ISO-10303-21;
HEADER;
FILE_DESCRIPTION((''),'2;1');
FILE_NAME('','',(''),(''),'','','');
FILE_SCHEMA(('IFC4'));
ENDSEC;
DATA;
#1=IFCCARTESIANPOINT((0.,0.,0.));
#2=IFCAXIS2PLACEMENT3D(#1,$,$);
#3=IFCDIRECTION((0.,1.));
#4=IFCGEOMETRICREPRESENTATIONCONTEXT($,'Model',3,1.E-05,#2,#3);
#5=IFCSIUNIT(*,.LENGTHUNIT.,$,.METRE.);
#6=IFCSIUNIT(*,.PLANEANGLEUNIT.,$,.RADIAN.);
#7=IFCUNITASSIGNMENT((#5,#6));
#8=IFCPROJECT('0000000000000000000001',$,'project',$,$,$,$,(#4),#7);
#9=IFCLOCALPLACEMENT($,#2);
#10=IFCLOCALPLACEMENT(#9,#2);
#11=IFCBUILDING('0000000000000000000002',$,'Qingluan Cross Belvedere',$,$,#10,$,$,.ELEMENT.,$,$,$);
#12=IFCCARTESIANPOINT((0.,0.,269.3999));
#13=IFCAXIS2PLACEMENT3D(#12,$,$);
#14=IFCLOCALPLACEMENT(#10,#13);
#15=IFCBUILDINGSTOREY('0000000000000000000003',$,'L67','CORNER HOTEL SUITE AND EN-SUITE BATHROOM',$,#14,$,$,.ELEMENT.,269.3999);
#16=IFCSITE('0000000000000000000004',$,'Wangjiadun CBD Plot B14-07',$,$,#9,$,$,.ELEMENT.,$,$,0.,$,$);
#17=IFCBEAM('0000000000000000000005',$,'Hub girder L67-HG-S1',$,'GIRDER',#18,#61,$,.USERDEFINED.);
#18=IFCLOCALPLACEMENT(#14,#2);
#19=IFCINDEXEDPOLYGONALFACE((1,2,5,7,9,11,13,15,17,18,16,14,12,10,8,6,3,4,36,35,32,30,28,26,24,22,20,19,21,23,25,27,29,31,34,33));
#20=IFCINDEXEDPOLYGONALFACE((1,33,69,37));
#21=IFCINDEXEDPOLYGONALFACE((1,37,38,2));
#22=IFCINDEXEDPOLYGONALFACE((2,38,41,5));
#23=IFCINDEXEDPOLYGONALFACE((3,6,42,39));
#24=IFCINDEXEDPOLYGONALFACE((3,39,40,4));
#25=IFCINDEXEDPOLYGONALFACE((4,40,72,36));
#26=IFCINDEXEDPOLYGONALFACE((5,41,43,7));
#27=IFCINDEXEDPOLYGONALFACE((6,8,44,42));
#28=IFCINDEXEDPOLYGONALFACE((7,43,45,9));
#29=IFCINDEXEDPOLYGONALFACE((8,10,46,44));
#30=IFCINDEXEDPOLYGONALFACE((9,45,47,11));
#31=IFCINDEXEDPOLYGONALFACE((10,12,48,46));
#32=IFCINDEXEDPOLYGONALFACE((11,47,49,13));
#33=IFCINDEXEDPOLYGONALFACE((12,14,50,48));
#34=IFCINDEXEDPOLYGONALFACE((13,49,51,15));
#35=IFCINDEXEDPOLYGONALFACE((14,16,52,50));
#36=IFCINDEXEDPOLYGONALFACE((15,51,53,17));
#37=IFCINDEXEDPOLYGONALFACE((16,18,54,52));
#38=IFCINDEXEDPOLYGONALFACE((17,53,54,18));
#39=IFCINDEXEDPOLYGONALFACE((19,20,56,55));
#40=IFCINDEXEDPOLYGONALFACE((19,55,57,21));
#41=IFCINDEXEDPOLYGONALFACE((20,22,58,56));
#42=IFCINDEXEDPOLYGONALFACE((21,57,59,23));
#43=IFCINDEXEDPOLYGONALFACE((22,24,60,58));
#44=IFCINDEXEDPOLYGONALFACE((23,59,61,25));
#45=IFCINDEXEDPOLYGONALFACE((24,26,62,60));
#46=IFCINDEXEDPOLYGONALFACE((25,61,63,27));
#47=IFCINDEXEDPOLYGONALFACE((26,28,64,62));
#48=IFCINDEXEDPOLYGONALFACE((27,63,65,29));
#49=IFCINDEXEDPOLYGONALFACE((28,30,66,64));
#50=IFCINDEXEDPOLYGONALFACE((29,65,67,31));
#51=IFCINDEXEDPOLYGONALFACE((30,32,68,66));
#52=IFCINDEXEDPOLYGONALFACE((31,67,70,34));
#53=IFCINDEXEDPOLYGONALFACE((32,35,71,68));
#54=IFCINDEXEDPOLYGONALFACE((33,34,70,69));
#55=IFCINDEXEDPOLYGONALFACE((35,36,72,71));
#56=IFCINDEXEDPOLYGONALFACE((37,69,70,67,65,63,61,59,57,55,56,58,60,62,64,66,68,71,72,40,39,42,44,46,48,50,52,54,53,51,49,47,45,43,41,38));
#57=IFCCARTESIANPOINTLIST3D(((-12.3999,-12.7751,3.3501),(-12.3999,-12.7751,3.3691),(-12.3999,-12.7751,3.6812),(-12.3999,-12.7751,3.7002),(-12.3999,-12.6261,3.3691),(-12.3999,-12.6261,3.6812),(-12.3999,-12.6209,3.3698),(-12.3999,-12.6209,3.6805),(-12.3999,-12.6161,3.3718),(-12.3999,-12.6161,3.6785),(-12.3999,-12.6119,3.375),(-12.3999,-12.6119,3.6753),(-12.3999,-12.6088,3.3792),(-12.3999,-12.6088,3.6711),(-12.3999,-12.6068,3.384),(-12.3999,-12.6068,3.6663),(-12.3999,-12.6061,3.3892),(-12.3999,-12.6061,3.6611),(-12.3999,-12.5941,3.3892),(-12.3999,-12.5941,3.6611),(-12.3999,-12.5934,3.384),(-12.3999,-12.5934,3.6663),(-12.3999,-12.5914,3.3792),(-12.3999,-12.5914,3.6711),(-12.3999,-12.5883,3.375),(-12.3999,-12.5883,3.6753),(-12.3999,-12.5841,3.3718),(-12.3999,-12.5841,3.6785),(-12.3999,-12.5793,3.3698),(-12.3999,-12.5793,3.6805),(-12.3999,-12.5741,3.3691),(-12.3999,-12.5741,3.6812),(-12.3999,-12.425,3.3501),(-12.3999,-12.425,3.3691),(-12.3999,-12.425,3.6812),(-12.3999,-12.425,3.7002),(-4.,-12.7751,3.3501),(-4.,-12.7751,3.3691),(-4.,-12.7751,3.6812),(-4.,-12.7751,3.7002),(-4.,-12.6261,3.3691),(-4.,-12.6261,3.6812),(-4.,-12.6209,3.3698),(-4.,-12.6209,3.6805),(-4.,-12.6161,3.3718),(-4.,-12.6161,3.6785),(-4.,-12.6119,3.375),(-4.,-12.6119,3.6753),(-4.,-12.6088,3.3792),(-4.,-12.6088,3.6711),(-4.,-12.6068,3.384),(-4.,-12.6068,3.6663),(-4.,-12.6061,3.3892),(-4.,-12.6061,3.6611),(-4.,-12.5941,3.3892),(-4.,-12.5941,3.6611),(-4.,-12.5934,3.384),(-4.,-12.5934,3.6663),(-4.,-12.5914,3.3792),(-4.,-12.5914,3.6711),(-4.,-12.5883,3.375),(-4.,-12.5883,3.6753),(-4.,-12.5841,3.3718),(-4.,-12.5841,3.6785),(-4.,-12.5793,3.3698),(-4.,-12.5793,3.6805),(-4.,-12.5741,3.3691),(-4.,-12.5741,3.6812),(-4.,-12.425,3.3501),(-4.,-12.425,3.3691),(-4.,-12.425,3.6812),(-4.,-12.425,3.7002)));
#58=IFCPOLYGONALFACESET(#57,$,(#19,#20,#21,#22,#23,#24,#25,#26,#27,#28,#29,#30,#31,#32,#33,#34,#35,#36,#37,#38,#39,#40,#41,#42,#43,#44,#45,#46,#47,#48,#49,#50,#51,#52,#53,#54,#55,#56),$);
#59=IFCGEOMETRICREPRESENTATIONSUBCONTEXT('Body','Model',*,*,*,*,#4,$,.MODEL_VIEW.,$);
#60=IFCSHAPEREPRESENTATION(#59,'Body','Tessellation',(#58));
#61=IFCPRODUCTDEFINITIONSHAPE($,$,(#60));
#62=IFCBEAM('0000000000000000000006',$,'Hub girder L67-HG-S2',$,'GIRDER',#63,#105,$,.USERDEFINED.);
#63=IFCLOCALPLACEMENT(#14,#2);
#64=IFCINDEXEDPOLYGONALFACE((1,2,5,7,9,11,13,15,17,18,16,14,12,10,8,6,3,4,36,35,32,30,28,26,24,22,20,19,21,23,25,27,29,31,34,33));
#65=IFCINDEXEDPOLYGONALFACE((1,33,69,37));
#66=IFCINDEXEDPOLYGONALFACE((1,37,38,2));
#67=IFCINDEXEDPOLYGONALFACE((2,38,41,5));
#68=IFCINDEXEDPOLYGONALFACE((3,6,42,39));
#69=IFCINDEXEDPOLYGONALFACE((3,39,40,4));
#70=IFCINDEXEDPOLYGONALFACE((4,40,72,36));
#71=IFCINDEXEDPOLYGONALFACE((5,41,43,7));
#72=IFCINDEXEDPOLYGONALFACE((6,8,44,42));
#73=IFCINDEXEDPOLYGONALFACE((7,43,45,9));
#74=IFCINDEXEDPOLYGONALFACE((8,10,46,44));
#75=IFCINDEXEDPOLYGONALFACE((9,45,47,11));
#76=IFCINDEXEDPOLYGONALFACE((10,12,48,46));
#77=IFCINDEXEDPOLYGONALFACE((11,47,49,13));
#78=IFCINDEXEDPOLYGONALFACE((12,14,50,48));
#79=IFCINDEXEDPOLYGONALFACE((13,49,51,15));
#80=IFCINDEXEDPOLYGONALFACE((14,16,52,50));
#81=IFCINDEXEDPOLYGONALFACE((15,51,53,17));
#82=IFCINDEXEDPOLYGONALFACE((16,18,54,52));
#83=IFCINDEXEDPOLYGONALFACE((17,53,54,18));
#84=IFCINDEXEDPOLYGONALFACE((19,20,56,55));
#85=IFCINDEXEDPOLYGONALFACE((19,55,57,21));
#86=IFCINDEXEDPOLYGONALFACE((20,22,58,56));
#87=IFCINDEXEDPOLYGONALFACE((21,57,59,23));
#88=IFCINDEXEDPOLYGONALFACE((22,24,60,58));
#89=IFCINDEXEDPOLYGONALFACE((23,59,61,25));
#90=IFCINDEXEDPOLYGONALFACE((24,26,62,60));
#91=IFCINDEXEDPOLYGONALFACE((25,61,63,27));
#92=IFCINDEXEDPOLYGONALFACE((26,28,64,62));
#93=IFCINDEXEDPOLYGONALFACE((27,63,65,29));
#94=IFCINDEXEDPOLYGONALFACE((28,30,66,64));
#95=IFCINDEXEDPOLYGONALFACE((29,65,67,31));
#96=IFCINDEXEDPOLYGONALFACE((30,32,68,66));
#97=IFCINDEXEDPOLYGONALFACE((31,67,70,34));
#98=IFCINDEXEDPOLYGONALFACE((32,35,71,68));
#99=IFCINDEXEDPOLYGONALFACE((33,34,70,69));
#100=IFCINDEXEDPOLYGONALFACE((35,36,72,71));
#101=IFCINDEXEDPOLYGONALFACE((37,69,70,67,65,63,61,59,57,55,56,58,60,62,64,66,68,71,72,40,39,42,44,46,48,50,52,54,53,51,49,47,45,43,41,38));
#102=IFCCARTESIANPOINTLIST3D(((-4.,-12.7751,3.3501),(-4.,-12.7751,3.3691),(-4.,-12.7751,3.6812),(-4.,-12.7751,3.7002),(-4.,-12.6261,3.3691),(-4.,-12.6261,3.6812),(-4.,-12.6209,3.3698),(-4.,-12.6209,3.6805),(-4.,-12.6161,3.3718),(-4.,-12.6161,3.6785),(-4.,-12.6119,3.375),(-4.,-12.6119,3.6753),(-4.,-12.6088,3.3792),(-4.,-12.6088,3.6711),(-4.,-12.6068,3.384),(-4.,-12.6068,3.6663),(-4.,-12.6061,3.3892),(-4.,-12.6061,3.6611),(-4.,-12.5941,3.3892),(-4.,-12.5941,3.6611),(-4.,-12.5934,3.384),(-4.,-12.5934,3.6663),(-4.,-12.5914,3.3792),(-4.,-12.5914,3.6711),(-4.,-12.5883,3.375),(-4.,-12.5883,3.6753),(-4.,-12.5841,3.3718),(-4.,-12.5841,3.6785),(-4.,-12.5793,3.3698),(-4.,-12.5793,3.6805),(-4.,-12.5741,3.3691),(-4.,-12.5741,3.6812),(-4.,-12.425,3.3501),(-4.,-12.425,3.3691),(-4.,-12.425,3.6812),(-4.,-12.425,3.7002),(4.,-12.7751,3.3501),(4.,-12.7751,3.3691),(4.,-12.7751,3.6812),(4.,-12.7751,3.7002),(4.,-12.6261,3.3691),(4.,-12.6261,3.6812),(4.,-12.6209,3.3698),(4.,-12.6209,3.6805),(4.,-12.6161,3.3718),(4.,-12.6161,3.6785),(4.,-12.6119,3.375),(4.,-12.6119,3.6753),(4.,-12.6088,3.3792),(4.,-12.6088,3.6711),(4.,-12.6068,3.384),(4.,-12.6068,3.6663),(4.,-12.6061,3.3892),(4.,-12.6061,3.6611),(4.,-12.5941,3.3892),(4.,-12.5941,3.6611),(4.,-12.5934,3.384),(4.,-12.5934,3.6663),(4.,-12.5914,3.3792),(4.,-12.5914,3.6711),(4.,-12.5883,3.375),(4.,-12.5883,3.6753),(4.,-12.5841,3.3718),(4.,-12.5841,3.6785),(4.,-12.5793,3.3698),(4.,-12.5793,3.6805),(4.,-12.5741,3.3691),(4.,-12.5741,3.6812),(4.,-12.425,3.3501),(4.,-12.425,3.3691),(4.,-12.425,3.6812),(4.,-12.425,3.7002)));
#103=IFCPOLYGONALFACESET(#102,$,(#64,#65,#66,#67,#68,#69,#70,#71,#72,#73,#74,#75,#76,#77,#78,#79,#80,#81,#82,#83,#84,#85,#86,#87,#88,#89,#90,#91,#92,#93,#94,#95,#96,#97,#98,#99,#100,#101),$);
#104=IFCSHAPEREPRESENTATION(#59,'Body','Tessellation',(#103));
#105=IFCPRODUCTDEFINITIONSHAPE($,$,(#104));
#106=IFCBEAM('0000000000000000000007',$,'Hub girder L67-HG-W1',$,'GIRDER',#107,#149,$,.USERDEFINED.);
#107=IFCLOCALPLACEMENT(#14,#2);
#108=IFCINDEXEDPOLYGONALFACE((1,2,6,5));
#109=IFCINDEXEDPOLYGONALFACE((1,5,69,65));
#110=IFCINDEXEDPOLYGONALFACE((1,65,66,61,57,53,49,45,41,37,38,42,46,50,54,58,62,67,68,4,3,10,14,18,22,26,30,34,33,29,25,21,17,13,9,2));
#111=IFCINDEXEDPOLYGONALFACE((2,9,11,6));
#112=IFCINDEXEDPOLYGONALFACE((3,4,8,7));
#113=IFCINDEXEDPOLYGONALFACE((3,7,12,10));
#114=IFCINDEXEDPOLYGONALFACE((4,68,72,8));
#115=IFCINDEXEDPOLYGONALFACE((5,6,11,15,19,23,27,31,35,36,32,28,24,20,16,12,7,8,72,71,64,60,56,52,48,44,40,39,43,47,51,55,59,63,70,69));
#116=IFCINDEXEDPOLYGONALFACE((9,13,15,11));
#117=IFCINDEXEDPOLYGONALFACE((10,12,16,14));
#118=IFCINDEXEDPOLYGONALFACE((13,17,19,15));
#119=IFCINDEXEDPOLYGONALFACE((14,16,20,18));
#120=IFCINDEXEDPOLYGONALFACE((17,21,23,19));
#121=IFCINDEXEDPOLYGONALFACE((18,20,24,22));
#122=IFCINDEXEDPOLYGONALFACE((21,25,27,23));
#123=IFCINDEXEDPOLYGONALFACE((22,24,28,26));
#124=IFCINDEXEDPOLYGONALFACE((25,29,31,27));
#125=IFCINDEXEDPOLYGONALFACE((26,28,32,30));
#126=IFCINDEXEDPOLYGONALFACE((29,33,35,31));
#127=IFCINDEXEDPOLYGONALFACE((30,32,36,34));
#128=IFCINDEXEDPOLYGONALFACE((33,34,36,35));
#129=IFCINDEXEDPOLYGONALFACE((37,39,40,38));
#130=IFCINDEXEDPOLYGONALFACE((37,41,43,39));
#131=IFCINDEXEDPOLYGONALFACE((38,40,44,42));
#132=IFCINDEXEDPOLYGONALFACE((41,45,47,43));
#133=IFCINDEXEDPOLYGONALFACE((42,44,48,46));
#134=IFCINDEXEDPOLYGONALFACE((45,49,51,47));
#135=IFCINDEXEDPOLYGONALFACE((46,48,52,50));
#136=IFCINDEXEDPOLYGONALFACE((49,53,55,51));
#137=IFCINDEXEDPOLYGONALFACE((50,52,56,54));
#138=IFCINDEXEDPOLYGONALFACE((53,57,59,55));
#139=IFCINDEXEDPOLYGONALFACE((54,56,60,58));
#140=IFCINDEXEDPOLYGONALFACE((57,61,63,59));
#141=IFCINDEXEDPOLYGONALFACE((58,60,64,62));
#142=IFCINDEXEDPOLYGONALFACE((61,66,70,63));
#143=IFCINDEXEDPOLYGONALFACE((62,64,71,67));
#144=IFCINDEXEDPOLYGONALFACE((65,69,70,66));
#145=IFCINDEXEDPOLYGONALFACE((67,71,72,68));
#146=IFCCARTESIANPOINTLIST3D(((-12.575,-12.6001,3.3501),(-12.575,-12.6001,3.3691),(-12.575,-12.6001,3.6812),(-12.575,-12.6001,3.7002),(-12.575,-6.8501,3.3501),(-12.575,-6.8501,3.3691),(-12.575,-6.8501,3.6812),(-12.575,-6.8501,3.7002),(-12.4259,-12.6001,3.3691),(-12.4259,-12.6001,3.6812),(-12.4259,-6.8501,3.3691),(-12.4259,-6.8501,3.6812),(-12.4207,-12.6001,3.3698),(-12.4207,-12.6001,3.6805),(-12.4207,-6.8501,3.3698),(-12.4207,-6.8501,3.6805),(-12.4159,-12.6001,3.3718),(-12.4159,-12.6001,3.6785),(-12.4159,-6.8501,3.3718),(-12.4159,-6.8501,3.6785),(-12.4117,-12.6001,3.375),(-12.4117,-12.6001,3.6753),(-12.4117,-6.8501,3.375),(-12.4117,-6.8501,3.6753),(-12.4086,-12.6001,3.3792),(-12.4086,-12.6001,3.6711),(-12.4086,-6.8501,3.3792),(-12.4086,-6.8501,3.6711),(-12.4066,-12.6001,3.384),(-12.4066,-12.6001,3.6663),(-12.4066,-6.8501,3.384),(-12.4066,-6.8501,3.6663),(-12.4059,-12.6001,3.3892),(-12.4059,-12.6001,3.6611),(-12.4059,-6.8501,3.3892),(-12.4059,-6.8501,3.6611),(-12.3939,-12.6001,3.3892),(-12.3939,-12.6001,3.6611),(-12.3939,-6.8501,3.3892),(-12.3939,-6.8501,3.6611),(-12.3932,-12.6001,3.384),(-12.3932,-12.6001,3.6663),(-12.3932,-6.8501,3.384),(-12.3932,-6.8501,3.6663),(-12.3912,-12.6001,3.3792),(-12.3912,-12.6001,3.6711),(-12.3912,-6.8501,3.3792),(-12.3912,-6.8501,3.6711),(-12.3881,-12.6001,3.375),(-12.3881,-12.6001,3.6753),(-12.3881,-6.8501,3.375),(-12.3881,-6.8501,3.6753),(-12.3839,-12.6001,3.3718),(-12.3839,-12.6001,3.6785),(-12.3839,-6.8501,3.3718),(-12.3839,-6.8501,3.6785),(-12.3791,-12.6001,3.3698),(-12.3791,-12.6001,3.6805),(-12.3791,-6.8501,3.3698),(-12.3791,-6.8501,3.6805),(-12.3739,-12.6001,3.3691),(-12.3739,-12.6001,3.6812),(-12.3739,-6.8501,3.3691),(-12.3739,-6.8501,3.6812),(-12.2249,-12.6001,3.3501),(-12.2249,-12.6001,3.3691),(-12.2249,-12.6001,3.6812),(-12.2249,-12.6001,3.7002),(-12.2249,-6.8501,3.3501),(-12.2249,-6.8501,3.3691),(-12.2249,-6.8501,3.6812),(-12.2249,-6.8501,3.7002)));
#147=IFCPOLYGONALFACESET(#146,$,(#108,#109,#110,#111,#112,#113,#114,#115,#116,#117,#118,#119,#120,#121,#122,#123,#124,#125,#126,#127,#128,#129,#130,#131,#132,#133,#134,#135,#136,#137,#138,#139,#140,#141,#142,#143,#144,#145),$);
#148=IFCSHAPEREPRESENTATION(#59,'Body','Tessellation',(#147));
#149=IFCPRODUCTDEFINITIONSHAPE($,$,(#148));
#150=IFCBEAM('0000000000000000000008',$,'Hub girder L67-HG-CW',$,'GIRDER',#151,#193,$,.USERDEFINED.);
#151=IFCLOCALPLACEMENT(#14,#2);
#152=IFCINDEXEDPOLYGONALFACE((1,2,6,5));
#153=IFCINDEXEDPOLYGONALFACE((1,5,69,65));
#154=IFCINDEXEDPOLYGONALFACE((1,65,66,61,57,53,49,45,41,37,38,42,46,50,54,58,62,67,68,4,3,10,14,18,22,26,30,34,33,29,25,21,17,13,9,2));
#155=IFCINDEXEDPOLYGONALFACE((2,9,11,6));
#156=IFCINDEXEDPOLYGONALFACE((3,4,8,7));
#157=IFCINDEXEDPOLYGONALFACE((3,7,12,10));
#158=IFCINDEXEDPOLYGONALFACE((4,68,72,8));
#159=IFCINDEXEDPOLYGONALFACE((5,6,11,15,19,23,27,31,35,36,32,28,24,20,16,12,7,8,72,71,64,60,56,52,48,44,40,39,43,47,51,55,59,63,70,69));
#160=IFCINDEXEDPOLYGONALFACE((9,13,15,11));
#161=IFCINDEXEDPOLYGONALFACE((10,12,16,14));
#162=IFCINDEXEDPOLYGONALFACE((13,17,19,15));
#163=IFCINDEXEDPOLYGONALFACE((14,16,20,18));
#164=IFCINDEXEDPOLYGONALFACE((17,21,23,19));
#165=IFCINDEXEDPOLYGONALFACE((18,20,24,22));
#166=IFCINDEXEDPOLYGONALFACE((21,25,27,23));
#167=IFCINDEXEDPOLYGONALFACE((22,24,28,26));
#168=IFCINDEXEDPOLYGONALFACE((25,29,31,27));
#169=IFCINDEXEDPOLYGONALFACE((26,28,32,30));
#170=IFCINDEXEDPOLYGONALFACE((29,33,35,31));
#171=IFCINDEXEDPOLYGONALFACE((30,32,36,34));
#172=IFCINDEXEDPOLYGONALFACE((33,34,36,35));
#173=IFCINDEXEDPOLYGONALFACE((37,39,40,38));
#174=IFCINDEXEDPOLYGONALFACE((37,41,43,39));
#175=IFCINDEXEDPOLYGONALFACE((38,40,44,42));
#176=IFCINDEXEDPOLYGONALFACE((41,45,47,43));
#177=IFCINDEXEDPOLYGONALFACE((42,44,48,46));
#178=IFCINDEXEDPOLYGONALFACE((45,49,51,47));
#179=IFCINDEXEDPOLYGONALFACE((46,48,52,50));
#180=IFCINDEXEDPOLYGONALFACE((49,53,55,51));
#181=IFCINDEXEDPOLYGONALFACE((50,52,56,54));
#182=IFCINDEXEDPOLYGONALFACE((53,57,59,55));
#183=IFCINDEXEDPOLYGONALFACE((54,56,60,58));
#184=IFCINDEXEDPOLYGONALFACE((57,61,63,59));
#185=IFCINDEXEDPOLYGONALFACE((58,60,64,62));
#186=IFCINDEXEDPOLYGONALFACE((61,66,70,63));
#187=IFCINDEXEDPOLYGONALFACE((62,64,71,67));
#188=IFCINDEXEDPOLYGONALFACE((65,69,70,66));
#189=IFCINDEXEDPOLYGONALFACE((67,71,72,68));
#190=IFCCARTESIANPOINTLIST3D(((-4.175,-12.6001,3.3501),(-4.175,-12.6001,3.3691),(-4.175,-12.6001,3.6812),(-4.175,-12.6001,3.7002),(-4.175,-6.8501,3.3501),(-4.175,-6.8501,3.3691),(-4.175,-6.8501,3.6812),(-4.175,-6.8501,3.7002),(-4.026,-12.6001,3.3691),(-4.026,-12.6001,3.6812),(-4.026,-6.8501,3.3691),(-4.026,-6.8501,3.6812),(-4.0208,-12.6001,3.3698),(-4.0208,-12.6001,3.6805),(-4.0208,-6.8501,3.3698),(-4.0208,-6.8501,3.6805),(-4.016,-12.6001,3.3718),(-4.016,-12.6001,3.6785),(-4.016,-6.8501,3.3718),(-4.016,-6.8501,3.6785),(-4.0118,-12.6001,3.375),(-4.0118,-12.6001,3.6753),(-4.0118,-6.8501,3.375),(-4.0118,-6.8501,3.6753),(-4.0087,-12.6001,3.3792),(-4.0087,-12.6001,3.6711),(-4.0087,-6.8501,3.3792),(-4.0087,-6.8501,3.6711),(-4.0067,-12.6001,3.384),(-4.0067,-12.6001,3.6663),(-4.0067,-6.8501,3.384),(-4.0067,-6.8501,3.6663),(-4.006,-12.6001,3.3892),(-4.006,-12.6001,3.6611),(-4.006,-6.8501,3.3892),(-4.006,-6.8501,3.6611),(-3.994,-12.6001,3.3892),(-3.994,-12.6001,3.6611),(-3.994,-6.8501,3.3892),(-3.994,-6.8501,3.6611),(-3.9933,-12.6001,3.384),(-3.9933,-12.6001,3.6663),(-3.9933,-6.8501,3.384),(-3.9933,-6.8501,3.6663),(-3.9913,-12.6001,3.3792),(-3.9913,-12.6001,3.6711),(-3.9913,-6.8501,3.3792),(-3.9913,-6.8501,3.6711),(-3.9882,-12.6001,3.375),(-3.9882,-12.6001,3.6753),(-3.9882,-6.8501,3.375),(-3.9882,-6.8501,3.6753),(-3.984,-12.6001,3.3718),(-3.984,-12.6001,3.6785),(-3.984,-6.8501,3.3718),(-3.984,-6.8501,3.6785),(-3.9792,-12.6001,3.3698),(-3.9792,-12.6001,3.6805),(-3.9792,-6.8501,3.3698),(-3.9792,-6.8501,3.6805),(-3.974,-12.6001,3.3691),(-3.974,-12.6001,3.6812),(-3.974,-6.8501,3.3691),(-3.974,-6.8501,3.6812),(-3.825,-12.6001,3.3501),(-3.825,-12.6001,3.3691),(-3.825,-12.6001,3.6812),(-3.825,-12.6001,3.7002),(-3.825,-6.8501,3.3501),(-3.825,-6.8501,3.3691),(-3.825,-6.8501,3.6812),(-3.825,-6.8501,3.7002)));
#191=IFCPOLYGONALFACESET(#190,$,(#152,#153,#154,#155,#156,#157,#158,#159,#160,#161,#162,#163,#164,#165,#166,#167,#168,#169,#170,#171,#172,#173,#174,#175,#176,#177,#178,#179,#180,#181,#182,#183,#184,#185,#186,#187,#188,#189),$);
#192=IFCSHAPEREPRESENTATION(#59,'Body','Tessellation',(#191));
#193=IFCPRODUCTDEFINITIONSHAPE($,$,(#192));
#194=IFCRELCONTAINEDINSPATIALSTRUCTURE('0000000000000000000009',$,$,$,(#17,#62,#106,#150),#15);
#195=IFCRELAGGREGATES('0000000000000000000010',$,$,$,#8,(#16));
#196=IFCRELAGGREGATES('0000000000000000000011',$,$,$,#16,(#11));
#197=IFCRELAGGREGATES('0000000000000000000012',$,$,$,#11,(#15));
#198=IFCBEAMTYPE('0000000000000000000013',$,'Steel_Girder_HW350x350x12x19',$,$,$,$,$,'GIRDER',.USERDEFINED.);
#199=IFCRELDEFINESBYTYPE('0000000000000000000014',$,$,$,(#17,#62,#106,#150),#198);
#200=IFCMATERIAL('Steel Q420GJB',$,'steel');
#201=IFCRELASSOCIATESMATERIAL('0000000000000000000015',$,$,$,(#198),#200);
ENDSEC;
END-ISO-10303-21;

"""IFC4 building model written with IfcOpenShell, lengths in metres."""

from ifc_helpers import new_model, si_unit, direction, frame, origin, origin_2d, place, context, subcontext, project, spatial, i_section, extrude, material, material_profile, profile_set, type_object, element, save


model = new_model("IFC4")

# Units and contexts
model_context = context("Model", 3, precision=1e-05, world=origin(), true_north=direction((0.0, 1.0)))
body_context = subcontext(model_context, "Body", "Model", "MODEL_VIEW")
ifc_project = project(units=[si_unit("LENGTHUNIT", "METRE"), si_unit("PLANEANGLEUNIT", "RADIAN")], contexts=[model_context])

# Site, building, storey
site_placement = place(None, origin())
site = spatial("IfcSite", under=ifc_project, at=site_placement, Name="Wangjiadun CBD Plot B14-07", CompositionType="ELEMENT", RefElevation=0.0)
building_placement = place(site_placement, origin())
building = spatial("IfcBuilding", under=site, at=building_placement, Name="Qingluan Cross Belvedere", CompositionType="ELEMENT")
storey_placement = place(building_placement, frame((0.0, 0.0, 269.3999)))
storey = spatial("IfcBuildingStorey", under=building, at=storey_placement, Name="L67", Description="CORNER HOTEL SUITE AND EN-SUITE BATHROOM", CompositionType="ELEMENT", Elevation=269.3999)

# Beams
ifc_material_1 = material(Name="Steel Q420GJB", Category="steel")
ifc_material_profile_1 = material_profile(ifc_material_1, i_section(OverallWidth=0.3501, OverallDepth=0.3501, WebThickness=0.012, FlangeThickness=0.019, FilletRadius=0.02, at=origin_2d()), Name="HW350x350x12x19")
ifc_profile_set_1 = profile_set([ifc_material_profile_1], Name="Steel Q420GJB")
beam_type_1 = type_object("IfcBeamType", Name="Steel_Girder_HW350x350x12x19", ElementType="GIRDER", PredefinedType="USERDEFINED", material=ifc_profile_set_1)
beam_1_placement = place(storey_placement, frame((-12.3999, -12.6001, 3.5251), z_axis=(1.0, 0.0, 0.0), x_axis=(0.0, 1.0, 0.0)))
element("IfcBeam", 1, at=beam_1_placement, inside=storey, type_object=beam_type_1, Name="Hub girder L67-HG-S1", ObjectType="GIRDER", PredefinedType="USERDEFINED", context=body_context, shape_type="SweptSolid", body=[
    extrude(i_section(OverallWidth=0.3501, OverallDepth=0.3501, WebThickness=0.012, FlangeThickness=0.019, FilletRadius=0.02, at=origin_2d()), origin(), (0.0, 0.0, 1.0), 8.3999),
])
beam_2_placement = place(storey_placement, frame((-4.0, -12.6001, 3.5251), z_axis=(1.0, 0.0, 0.0), x_axis=(0.0, 1.0, 0.0)))
element("IfcBeam", 2, at=beam_2_placement, inside=storey, type_object=beam_type_1, Name="Hub girder L67-HG-S2", ObjectType="GIRDER", PredefinedType="USERDEFINED", context=body_context, shape_type="SweptSolid", body=[
    extrude(i_section(OverallWidth=0.3501, OverallDepth=0.3501, WebThickness=0.012, FlangeThickness=0.019, FilletRadius=0.02, at=origin_2d()), origin(), (0.0, 0.0, 1.0), 8.0),
])
for number, where, z_axis, x_axis, name in (
    (3, (-12.3999, -12.6001, 3.5251), (0.0, 1.0, 0.0), (-1.0, 0.0, 0.0), "Hub girder L67-HG-W1"),
    (4, (-4.0, -12.6001, 3.5251), (0.0, 1.0, 0.0), (-1.0, 0.0, 0.0), "Hub girder L67-HG-CW"),
):
    element("IfcBeam", number, at=place(storey_placement, frame(where, z_axis=z_axis, x_axis=x_axis)), inside=storey, type_object=beam_type_1, Name=name, ObjectType="GIRDER", PredefinedType="USERDEFINED", context=body_context, shape_type="SweptSolid", body=[
        extrude(i_section(OverallWidth=0.3501, OverallDepth=0.3501, WebThickness=0.012, FlangeThickness=0.019, FilletRadius=0.02, at=origin_2d()), origin(), (0.0, 0.0, 1.0), 5.75),
    ])

save(model, "model.ifc")
